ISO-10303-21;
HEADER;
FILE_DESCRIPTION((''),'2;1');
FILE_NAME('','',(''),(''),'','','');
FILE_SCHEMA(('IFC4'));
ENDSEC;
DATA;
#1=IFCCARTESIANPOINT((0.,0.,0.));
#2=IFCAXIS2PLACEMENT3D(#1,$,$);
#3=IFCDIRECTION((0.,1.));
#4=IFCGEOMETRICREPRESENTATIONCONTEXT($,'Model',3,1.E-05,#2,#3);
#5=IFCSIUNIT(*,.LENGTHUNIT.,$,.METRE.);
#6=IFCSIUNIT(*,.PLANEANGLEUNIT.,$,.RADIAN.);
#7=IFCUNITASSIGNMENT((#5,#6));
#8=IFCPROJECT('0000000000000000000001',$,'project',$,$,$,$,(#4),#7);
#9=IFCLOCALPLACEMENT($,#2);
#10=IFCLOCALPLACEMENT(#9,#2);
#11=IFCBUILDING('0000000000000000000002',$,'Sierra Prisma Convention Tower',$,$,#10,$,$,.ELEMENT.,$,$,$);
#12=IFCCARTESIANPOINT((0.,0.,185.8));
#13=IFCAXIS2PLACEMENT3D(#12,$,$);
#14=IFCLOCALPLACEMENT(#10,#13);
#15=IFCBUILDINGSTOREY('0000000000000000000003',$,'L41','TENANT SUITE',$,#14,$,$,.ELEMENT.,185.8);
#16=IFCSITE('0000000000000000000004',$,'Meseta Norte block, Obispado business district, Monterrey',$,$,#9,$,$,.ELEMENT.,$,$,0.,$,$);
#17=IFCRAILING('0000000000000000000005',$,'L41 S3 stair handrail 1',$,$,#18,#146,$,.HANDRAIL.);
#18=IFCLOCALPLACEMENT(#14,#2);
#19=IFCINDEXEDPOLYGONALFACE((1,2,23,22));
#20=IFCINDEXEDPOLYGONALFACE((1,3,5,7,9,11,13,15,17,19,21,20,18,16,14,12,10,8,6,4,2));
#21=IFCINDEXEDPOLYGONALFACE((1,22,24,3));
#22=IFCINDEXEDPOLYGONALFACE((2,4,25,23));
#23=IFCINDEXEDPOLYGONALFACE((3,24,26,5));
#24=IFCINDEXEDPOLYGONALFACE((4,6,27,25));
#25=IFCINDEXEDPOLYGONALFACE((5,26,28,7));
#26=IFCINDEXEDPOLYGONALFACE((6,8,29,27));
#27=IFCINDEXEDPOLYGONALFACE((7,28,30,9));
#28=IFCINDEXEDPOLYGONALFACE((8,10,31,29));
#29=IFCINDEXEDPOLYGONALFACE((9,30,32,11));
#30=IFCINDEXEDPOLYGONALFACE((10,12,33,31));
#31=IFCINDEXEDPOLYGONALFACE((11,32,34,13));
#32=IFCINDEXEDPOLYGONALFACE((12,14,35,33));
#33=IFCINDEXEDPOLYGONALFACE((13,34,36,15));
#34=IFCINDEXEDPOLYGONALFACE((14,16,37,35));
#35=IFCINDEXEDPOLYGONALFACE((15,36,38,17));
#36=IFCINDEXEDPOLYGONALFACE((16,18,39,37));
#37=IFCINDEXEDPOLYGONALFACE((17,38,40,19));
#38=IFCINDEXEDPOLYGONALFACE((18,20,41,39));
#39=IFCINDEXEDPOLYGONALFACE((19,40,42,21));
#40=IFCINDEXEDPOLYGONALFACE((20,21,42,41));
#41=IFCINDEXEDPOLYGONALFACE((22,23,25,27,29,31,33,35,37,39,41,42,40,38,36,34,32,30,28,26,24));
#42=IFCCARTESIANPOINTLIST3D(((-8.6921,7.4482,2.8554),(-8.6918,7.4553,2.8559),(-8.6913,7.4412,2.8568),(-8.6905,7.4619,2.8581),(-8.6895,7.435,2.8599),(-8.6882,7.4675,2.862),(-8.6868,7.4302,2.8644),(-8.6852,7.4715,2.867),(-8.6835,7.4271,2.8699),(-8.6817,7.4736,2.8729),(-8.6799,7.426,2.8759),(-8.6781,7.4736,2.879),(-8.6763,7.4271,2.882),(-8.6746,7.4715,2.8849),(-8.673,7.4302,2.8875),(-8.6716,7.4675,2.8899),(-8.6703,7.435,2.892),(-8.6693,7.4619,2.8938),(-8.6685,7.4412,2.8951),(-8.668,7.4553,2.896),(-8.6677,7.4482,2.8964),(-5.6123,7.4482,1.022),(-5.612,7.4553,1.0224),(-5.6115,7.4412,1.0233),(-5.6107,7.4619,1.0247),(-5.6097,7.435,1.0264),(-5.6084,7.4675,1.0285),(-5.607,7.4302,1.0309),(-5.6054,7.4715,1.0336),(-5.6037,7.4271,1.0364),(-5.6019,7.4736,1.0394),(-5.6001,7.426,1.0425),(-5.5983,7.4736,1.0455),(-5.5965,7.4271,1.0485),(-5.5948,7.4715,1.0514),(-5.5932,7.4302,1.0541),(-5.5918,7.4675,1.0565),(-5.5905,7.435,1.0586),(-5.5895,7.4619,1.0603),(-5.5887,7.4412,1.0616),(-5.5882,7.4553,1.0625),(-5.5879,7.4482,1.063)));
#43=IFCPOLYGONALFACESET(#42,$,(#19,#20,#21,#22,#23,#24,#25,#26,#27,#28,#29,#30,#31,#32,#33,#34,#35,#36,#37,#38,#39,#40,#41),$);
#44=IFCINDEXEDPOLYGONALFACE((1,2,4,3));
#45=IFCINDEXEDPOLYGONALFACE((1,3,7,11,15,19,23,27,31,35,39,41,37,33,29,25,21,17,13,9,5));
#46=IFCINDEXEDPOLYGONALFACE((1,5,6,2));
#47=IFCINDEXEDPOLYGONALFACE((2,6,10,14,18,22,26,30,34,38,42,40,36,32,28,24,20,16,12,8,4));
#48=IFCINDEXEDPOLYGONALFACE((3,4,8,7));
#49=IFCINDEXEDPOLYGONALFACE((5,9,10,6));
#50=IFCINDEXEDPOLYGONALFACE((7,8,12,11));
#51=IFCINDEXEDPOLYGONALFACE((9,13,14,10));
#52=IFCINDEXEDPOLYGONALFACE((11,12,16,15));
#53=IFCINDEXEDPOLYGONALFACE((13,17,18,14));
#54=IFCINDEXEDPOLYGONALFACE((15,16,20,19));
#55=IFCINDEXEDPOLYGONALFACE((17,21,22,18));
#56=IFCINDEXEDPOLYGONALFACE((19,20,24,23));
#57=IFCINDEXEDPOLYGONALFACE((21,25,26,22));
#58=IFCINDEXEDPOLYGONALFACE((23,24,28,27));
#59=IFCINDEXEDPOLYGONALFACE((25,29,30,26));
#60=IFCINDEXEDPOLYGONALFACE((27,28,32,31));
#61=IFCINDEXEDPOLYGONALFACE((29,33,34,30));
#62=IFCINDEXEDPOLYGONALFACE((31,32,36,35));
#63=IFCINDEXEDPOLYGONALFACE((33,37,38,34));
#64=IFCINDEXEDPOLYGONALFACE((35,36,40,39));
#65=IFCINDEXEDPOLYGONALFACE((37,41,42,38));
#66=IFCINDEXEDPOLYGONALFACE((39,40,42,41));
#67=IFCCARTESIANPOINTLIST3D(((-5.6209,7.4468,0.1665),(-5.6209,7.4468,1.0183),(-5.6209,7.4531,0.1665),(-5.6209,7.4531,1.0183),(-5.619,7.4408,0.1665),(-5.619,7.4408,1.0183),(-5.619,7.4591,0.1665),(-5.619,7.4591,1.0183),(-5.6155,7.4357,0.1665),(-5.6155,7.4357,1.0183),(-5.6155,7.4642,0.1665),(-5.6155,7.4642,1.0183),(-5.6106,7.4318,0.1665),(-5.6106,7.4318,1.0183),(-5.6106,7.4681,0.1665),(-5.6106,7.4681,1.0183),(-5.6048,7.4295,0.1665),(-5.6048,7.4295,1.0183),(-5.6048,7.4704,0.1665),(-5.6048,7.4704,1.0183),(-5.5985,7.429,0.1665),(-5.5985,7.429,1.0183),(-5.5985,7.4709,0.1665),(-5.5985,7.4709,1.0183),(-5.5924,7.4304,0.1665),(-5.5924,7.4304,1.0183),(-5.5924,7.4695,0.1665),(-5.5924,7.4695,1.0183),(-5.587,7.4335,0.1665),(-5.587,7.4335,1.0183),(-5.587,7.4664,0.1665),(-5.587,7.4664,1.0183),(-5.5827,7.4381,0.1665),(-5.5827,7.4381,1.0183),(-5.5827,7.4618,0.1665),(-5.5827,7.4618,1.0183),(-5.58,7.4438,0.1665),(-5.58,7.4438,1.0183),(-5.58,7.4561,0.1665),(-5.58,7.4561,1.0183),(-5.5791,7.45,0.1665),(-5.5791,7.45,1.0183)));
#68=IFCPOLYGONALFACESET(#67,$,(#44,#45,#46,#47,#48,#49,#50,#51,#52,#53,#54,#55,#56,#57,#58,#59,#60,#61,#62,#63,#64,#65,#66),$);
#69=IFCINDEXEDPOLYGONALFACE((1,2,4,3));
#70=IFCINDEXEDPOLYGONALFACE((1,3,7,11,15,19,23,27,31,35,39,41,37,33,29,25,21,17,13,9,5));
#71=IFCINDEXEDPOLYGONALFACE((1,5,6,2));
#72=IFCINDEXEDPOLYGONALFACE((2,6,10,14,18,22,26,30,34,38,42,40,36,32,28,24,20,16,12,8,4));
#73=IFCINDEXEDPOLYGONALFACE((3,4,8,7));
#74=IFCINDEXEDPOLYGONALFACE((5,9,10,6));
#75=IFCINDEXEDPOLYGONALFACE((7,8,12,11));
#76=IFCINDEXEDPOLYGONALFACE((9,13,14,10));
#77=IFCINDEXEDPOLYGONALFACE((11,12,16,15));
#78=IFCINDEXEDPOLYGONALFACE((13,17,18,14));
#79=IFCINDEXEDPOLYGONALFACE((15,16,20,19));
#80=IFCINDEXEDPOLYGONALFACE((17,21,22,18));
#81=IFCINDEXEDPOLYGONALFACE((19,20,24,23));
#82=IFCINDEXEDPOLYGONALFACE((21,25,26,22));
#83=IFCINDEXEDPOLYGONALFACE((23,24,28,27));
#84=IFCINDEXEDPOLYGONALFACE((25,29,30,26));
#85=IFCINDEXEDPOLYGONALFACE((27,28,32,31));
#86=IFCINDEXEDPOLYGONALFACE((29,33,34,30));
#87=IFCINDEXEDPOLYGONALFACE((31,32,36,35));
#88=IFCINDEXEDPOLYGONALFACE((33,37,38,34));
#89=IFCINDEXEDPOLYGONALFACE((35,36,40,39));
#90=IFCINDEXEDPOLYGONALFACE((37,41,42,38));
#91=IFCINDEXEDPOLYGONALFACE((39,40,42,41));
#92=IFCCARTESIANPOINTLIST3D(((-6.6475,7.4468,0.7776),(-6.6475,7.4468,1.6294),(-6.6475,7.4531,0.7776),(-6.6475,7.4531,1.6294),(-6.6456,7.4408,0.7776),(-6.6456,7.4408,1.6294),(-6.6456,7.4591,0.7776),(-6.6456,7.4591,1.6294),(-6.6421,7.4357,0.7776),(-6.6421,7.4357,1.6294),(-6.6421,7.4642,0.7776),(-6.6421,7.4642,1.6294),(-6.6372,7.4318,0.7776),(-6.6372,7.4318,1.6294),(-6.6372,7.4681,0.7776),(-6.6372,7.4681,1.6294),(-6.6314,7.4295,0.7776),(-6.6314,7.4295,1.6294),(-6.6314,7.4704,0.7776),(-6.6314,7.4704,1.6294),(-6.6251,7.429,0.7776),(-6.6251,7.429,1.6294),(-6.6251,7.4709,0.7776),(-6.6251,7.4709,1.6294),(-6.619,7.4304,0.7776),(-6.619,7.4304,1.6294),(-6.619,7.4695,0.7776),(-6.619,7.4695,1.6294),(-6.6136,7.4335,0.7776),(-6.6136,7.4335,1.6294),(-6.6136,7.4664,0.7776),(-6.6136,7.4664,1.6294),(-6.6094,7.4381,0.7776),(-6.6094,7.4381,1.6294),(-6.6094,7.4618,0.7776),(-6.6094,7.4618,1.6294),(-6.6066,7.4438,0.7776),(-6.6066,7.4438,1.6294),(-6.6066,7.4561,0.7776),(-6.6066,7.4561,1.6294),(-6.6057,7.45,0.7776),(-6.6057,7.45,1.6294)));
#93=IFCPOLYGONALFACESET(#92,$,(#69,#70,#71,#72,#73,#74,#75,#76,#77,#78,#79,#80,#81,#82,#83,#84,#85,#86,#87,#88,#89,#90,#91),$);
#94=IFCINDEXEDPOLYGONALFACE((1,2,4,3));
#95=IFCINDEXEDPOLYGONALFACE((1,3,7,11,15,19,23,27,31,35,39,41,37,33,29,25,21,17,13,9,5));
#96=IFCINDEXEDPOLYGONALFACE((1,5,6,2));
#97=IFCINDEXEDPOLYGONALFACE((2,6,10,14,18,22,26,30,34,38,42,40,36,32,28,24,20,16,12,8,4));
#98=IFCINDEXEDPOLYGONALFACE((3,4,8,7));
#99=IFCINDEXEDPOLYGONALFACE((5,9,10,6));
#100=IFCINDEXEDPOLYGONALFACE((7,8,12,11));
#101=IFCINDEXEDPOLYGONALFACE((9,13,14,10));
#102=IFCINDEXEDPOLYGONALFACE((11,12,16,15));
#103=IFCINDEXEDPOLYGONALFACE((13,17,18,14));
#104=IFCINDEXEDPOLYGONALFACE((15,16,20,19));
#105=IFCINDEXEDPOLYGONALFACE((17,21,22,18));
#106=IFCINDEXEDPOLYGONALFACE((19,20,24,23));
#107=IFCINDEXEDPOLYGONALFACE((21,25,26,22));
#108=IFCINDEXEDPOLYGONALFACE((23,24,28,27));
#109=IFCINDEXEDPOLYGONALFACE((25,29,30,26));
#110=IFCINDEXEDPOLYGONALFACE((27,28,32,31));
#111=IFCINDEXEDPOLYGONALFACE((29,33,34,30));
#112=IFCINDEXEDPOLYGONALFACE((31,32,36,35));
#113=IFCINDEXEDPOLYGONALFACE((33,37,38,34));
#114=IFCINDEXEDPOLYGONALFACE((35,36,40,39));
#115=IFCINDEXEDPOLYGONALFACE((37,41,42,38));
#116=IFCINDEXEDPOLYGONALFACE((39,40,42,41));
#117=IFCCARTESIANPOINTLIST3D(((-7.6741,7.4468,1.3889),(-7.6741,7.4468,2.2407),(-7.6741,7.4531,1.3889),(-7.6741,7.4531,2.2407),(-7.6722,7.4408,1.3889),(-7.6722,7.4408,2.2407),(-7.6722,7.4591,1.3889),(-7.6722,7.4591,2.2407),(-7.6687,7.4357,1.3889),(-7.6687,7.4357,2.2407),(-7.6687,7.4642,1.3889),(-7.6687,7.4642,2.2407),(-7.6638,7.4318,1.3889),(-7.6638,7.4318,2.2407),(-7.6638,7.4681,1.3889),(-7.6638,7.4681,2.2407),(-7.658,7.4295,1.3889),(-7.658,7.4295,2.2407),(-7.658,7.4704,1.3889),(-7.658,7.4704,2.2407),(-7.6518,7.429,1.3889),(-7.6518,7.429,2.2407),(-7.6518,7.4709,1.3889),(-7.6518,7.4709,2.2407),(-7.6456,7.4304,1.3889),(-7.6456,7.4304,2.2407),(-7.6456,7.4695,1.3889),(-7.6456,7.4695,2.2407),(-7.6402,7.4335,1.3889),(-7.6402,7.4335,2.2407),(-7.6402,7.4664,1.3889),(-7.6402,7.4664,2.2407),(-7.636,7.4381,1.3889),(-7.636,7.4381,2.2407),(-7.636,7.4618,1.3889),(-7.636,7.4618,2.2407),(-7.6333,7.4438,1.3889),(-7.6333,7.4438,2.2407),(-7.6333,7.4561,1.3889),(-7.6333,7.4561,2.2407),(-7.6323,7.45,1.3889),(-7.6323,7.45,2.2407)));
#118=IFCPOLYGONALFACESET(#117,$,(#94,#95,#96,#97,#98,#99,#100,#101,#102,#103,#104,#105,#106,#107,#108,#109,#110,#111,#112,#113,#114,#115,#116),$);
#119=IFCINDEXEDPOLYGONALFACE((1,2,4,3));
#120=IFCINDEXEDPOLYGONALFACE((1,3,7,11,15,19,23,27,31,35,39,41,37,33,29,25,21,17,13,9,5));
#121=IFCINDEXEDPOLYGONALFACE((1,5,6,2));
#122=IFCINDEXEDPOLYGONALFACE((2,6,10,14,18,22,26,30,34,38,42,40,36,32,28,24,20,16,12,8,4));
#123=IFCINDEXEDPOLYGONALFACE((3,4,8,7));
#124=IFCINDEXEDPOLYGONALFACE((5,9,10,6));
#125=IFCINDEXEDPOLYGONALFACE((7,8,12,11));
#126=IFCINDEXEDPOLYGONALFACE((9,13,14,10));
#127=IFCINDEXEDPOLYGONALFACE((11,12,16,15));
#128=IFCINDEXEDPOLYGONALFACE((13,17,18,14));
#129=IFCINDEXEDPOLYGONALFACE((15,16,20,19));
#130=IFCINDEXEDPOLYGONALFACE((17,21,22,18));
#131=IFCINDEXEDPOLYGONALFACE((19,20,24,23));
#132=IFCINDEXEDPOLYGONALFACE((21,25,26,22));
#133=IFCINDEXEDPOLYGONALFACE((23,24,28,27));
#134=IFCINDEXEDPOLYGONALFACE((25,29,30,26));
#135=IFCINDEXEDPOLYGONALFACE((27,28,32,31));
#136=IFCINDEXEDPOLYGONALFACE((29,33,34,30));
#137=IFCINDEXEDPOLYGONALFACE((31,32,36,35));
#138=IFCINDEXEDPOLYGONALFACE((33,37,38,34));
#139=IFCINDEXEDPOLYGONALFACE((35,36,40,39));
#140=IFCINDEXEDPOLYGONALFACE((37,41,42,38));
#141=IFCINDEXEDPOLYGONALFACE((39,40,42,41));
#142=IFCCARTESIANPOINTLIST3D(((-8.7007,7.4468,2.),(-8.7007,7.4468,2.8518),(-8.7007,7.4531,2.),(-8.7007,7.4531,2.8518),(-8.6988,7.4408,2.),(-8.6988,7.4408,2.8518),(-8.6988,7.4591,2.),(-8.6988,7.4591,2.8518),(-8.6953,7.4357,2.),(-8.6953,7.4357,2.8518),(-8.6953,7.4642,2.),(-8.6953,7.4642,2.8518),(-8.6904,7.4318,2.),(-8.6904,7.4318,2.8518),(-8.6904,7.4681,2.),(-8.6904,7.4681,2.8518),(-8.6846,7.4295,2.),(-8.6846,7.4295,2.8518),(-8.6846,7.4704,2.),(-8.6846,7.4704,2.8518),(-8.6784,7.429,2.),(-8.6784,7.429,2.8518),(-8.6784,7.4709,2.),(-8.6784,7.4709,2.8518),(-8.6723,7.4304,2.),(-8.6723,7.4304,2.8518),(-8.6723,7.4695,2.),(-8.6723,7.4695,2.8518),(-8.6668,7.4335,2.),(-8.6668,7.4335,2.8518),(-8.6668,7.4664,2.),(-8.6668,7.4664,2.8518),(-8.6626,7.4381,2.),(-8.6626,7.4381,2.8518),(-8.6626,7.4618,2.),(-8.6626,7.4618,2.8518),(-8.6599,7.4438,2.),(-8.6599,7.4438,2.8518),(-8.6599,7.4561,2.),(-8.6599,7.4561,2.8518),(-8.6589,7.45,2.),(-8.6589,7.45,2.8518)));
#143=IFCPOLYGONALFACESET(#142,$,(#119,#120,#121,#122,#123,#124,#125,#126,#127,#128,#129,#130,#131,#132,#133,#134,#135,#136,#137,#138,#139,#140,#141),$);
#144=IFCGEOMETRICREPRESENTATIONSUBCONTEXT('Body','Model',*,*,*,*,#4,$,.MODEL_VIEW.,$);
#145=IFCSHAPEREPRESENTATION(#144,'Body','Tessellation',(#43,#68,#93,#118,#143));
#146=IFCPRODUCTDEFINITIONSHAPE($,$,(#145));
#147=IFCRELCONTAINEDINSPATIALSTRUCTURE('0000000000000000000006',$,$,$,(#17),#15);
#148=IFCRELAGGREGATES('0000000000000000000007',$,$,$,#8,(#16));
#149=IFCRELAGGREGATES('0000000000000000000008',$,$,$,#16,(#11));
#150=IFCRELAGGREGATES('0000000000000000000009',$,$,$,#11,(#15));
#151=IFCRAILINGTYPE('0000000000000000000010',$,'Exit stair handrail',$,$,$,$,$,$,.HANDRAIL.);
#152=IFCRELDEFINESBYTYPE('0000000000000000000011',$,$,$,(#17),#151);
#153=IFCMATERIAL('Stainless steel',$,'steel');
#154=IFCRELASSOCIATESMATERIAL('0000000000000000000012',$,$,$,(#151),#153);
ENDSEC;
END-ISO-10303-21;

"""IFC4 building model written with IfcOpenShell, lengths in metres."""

from ifc_helpers import new_model, si_unit, direction, frame, origin, origin_2d, place, context, subcontext, project, spatial, circle, extrude, material, type_object, element, save


model = new_model("IFC4")

# Units and contexts
model_context = context("Model", 3, precision=1e-05, world=origin(), true_north=direction((0.0, 1.0)))
body_context = subcontext(model_context, "Body", "Model", "MODEL_VIEW")
ifc_project = project(units=[si_unit("LENGTHUNIT", "METRE"), si_unit("PLANEANGLEUNIT", "RADIAN")], contexts=[model_context])

# Site, building, storey
site_placement = place(None, origin())
site = spatial("IfcSite", under=ifc_project, at=site_placement, Name="Meseta Norte block, Obispado business district, Monterrey", CompositionType="ELEMENT", RefElevation=0.0)
building_placement = place(site_placement, origin())
building = spatial("IfcBuilding", under=site, at=building_placement, Name="Sierra Prisma Convention Tower", CompositionType="ELEMENT")
storey_placement = place(building_placement, frame((0.0, 0.0, 185.8)))
storey = spatial("IfcBuildingStorey", under=building, at=storey_placement, Name="L41", Description="TENANT SUITE", CompositionType="ELEMENT", Elevation=185.8)

# Railing
ifc_material_1 = material(Name="Stainless steel", Category="steel")
railing_type_1 = type_object("IfcRailingType", Name="Exit stair handrail", PredefinedType="HANDRAIL", material=ifc_material_1)
railing_1_placement = place(storey_placement, frame((-5.6001, 7.45, 0.1665)))
element("IfcRailing", 1, at=railing_1_placement, inside=storey, type_object=railing_type_1, Name="L41 S3 stair handrail 1", PredefinedType="HANDRAIL", context=body_context, shape_type="SweptSolid", body=[
    extrude(circle(Radius=0.0239, at=origin_2d()), frame((0.0, 0.0, 0.876), z_axis=(-0.859261, 0.0, 0.511538), x_axis=(0.0, -1.0, 0.0)), (0.0, 0.0, 1.0), 3.5842),
    extrude(circle(Radius=0.021, at=origin_2d()), origin(), (0.0, 0.0, 1.0), 0.8518),
    extrude(circle(Radius=0.021, at=origin_2d()), frame((-1.0266, 0.0, 0.6111)), (0.0, 0.0, 1.0), 0.8518),
    extrude(circle(Radius=0.021, at=origin_2d()), frame((-2.0532, 0.0, 1.2224)), (0.0, 0.0, 1.0), 0.8518),
    extrude(circle(Radius=0.021, at=origin_2d()), frame((-3.0798, 0.0, 1.8335)), (0.0, 0.0, 1.0), 0.8518),
])

save(model, "model.ifc")
